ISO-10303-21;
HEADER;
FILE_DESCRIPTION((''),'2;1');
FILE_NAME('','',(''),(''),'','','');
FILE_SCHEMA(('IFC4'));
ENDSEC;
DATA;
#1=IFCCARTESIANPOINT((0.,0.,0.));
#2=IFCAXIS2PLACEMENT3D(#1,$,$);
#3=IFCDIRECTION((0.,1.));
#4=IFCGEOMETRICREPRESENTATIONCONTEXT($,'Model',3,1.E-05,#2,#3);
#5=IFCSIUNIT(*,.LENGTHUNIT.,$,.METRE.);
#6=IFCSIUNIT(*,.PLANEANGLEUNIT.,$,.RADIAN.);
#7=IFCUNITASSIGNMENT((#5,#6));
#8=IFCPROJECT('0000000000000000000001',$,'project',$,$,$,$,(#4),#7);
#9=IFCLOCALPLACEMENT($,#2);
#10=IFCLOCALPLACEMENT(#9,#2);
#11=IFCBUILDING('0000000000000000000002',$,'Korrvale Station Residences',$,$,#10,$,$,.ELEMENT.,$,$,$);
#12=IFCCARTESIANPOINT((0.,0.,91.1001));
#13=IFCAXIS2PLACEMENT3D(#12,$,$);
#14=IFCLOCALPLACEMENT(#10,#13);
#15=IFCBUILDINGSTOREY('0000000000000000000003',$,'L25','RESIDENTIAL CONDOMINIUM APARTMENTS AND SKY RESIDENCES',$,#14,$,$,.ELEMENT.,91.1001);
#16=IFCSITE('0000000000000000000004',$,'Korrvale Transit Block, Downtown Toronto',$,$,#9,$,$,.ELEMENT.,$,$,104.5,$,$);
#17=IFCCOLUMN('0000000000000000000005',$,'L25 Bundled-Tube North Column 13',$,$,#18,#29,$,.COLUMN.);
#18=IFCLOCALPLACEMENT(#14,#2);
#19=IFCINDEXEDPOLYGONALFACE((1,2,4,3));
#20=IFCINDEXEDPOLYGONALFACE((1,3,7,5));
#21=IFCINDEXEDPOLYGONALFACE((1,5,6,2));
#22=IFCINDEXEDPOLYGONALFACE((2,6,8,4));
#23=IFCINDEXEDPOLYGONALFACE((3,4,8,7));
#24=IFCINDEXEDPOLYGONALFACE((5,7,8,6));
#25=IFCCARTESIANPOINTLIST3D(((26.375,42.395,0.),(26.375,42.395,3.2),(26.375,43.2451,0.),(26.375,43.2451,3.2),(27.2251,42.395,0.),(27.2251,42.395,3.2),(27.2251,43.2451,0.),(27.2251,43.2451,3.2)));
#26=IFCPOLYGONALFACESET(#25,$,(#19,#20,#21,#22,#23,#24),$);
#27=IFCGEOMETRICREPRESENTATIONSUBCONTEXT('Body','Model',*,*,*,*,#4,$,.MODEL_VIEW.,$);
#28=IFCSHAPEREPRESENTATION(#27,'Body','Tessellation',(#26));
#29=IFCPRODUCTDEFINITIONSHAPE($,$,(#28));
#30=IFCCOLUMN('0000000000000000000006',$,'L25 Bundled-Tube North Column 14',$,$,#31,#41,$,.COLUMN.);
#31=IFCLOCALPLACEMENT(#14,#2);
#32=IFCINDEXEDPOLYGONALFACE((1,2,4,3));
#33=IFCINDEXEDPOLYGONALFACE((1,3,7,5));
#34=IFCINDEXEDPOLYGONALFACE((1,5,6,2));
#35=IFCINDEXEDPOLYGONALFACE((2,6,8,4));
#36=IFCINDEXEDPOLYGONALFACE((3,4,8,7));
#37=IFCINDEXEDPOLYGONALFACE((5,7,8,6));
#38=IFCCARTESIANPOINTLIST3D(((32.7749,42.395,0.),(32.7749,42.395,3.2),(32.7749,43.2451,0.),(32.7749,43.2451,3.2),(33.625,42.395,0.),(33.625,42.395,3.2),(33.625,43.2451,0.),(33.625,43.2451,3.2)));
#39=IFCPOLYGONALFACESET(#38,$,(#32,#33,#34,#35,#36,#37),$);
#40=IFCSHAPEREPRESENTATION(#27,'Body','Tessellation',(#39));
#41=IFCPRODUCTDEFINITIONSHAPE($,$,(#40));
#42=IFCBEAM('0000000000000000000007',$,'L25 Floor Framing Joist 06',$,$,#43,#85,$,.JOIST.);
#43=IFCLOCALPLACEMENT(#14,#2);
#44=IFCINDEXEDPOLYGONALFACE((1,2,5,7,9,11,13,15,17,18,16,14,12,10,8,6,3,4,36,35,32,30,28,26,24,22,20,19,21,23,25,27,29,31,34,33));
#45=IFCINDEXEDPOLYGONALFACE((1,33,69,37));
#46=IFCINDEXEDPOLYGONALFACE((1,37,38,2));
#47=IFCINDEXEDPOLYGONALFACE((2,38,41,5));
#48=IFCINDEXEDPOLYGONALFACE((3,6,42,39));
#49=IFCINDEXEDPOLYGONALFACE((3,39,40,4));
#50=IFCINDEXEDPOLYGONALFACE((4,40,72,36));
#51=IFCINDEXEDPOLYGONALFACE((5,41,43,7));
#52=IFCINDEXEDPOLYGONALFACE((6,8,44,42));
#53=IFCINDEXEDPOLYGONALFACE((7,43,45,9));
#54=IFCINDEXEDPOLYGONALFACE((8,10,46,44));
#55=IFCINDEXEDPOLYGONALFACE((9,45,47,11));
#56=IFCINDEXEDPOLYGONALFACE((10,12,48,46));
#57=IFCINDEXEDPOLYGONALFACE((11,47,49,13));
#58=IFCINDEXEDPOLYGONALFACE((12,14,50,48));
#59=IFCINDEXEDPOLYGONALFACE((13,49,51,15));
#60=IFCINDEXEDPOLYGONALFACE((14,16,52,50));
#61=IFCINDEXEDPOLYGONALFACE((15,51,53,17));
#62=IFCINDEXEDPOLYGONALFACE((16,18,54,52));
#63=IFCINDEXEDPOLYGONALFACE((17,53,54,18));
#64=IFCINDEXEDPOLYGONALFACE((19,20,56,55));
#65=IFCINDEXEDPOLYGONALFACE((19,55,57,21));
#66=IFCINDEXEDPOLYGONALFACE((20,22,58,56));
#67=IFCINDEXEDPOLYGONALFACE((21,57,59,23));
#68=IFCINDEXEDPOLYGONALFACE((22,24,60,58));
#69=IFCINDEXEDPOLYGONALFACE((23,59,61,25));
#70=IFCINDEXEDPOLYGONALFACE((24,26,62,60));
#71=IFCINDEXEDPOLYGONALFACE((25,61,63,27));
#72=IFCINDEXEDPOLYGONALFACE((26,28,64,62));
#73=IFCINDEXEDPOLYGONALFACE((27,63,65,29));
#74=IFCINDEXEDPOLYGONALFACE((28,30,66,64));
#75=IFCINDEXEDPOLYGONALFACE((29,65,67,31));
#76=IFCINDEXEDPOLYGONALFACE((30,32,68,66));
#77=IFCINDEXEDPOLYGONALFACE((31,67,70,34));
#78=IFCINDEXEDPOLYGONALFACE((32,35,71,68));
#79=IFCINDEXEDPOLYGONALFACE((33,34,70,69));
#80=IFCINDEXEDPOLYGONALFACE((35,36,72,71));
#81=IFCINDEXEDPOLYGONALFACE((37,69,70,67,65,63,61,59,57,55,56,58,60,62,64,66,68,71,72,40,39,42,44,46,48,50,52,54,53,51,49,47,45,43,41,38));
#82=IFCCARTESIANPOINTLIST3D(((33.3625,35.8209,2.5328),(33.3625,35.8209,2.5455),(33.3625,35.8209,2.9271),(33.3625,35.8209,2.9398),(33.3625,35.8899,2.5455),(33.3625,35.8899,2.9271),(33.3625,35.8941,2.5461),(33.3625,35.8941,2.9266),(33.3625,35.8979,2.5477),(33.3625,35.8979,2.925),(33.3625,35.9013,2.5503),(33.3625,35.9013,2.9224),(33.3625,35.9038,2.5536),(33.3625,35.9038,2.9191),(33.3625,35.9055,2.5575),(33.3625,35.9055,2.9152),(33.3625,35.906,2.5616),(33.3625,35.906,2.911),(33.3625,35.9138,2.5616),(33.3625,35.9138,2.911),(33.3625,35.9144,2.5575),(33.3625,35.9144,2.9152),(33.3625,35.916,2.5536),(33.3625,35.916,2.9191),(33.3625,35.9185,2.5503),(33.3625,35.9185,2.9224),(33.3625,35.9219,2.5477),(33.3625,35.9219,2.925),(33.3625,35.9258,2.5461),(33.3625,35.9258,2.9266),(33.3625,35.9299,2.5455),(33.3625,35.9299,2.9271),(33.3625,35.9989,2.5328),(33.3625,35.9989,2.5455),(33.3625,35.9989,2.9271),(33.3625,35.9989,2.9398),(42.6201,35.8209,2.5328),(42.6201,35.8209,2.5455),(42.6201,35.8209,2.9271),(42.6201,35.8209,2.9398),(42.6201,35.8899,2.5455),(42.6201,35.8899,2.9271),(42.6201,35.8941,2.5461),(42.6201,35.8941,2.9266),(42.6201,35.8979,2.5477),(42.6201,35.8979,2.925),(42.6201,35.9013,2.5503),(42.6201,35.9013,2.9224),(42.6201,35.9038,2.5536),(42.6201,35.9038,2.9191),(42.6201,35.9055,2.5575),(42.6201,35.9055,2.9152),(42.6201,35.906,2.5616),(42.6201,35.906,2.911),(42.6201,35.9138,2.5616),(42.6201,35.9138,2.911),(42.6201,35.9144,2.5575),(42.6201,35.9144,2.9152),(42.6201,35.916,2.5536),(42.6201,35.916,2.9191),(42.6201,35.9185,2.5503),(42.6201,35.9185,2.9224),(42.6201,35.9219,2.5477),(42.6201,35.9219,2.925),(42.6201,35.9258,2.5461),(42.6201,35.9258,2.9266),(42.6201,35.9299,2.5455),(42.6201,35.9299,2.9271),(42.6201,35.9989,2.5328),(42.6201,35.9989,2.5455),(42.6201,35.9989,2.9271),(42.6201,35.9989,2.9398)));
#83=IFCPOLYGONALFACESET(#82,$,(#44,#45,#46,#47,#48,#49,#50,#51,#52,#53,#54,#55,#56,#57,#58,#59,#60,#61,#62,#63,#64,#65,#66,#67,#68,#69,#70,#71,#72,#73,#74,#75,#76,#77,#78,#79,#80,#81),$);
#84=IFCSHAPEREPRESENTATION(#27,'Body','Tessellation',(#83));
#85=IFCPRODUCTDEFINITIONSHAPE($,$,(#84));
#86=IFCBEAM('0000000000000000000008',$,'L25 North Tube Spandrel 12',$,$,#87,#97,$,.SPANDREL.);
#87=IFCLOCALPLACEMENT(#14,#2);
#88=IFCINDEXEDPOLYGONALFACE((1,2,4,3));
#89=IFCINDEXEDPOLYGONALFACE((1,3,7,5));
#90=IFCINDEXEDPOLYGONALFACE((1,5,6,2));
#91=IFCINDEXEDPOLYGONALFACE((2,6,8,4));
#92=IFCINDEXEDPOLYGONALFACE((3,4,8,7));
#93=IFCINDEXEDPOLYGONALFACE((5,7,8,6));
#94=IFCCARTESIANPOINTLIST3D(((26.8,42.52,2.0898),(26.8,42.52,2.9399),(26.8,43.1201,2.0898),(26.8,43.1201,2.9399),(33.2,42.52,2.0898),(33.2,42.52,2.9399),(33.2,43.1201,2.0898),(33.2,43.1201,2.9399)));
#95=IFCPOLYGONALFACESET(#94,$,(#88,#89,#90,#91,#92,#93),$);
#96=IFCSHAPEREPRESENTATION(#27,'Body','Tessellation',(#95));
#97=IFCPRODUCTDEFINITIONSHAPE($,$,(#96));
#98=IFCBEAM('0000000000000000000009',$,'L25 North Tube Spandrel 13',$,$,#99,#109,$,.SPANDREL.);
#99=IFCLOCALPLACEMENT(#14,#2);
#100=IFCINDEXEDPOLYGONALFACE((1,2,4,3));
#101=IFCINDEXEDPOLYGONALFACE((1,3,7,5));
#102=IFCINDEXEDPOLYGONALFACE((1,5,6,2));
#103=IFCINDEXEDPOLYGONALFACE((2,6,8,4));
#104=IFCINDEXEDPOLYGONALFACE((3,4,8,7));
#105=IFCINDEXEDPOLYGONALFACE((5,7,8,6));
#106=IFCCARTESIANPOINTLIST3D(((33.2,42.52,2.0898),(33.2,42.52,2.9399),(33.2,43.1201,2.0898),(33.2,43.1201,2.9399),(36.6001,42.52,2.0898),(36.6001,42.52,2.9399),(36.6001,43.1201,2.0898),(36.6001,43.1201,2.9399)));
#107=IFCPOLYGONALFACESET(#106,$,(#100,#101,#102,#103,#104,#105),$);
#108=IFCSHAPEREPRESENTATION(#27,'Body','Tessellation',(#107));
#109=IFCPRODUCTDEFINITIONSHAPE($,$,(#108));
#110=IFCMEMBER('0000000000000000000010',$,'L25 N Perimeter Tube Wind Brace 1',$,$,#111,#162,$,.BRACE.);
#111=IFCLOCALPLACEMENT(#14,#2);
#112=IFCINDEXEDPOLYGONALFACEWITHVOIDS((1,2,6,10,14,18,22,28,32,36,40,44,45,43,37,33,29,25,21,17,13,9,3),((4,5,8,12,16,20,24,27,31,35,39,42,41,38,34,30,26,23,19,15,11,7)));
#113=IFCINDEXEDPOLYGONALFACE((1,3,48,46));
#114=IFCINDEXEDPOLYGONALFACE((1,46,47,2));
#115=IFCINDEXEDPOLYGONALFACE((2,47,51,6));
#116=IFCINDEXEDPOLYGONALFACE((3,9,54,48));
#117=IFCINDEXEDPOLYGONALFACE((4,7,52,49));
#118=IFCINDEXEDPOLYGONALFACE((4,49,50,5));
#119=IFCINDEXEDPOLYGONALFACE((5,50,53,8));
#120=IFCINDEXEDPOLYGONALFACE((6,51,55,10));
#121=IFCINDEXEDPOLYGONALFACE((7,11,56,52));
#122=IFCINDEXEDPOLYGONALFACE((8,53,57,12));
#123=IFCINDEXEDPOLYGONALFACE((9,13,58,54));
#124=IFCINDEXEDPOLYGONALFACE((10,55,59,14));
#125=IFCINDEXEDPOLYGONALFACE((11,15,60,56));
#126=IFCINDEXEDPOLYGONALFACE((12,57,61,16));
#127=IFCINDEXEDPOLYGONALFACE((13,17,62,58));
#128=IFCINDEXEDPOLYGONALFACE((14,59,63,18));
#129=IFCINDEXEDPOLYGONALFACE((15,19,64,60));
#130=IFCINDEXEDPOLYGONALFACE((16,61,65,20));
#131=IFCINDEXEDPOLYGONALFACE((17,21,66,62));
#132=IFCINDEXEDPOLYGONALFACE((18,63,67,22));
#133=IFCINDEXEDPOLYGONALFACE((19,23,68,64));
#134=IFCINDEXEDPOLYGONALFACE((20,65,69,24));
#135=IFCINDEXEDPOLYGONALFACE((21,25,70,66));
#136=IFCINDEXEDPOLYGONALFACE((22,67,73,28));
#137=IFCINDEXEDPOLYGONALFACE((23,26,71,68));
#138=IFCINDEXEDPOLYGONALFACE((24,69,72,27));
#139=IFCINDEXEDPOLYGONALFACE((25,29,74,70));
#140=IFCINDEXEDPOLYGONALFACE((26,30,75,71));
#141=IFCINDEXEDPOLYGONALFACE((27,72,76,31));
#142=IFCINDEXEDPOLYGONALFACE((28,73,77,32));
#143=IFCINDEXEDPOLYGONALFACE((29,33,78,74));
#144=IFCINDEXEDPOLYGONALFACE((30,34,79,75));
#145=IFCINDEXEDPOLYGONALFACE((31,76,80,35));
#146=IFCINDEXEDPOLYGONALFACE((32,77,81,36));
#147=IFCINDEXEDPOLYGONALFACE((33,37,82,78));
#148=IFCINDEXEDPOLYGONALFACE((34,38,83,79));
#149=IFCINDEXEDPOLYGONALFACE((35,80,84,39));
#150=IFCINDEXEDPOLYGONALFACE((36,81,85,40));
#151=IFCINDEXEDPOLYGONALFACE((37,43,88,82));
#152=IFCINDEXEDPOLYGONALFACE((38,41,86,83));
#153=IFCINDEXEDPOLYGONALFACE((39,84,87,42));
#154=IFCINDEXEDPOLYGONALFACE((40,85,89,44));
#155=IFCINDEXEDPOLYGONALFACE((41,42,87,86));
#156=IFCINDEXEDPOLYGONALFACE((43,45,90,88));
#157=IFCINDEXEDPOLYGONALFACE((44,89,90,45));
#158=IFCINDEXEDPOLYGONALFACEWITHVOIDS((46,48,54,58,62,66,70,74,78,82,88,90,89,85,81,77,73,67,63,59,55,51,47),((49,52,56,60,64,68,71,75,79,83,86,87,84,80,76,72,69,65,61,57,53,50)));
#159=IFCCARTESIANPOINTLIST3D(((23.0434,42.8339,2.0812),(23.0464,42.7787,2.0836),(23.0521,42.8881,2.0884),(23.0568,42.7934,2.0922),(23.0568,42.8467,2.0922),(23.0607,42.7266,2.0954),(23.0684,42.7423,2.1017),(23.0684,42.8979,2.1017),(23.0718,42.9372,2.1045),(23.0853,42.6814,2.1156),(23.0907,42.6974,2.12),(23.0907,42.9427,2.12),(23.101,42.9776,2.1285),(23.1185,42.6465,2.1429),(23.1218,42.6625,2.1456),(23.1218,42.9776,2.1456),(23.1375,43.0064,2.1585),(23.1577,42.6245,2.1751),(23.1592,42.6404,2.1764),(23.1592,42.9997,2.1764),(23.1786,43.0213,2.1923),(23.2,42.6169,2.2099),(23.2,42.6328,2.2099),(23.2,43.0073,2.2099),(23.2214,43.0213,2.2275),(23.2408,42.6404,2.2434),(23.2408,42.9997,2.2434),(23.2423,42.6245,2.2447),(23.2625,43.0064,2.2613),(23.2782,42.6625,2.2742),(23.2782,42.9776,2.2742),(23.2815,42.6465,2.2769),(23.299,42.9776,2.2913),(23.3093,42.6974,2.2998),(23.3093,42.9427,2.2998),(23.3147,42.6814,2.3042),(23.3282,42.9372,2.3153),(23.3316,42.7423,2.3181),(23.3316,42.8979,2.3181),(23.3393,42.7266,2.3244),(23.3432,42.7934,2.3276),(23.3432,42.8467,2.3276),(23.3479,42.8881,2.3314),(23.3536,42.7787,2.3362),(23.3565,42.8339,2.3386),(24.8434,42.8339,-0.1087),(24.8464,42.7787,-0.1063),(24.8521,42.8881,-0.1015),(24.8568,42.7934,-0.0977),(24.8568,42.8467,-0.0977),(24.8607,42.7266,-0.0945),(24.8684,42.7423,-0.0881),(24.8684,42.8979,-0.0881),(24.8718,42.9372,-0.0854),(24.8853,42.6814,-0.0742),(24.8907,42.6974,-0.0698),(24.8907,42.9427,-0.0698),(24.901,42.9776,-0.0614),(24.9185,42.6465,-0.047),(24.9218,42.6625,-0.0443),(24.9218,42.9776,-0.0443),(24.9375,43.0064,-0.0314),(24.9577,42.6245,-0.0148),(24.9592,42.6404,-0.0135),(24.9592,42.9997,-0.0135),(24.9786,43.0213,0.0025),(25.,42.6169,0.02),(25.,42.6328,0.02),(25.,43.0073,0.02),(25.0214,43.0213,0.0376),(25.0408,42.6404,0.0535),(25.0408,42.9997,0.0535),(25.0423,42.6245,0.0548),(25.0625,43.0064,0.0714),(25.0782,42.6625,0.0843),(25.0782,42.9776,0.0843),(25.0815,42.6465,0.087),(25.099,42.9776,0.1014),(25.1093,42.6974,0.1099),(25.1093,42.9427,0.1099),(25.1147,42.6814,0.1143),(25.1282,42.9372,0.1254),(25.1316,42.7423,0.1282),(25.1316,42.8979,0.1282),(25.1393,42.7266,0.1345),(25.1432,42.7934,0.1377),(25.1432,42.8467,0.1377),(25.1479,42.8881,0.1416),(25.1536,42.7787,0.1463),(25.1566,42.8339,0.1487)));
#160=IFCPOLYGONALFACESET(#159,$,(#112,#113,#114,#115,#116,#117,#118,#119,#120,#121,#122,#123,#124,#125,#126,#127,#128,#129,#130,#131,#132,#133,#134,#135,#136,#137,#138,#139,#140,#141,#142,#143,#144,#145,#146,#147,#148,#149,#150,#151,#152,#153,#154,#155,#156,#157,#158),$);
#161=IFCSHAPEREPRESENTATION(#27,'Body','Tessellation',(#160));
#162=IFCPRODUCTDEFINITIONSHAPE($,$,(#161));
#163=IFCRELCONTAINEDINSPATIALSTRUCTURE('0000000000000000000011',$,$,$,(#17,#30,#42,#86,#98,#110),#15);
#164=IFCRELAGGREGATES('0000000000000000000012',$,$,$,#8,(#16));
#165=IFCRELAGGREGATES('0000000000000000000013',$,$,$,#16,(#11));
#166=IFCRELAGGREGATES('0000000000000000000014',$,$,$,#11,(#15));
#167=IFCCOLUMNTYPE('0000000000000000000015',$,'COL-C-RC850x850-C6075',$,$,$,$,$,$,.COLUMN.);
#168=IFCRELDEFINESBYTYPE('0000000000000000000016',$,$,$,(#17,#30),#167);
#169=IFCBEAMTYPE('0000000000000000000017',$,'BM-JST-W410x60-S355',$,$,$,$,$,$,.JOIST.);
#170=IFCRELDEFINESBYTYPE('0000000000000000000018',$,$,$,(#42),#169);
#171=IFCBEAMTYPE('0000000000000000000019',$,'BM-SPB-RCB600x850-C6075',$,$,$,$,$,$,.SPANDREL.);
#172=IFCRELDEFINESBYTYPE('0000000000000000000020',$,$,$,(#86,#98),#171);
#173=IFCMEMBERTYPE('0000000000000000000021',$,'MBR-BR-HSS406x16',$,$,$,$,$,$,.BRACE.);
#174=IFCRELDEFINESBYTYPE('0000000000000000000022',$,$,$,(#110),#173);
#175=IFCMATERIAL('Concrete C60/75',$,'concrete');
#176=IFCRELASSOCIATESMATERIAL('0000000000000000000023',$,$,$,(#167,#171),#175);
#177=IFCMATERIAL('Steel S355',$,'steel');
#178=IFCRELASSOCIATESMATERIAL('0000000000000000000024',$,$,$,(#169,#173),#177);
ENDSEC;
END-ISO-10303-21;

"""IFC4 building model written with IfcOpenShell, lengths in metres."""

from ifc_helpers import new_model, si_unit, direction, frame, origin, origin_2d, place, context, subcontext, project, spatial, rectangle, hollow_circle, i_section, extrude, material, material_profile, profile_set, type_object, element, save


model = new_model("IFC4")

# Units and contexts
model_context = context("Model", 3, precision=1e-05, world=origin(), true_north=direction((0.0, 1.0)))
body_context = subcontext(model_context, "Body", "Model", "MODEL_VIEW")
ifc_project = project(units=[si_unit("LENGTHUNIT", "METRE"), si_unit("PLANEANGLEUNIT", "RADIAN")], contexts=[model_context])

# Site, building, storey
site_placement = place(None, origin())
site = spatial("IfcSite", under=ifc_project, at=site_placement, Name="Korrvale Transit Block, Downtown Toronto", CompositionType="ELEMENT", RefElevation=104.5)
building_placement = place(site_placement, origin())
building = spatial("IfcBuilding", under=site, at=building_placement, Name="Korrvale Station Residences", CompositionType="ELEMENT")
storey_placement = place(building_placement, frame((0.0, 0.0, 91.1001)))
storey = spatial("IfcBuildingStorey", under=building, at=storey_placement, Name="L25", Description="RESIDENTIAL CONDOMINIUM APARTMENTS AND SKY RESIDENCES", CompositionType="ELEMENT", Elevation=91.1001)

# Columns
ifc_material_1 = material(Name="Concrete C60/75", Category="concrete")
ifc_material_profile_1 = material_profile(ifc_material_1, rectangle(XDim=0.8501, YDim=0.8501, at=origin_2d()), Name="RC850x850")
ifc_profile_set_1 = profile_set([ifc_material_profile_1], Name="Concrete C60/75")
column_type = type_object("IfcColumnType", Name="COL-C-RC850x850-C6075", PredefinedType="COLUMN", material=ifc_profile_set_1)
for number, where, z_axis, x_axis, name in (
    (1, (26.8, 42.8201, 0.0), (0.0, 0.0, 1.0), (1.0, 0.0, 0.0), "L25 Bundled-Tube North Column 13"),
    (2, (33.2, 42.8201, 0.0), (0.0, 0.0, 1.0), (1.0, 0.0, 0.0), "L25 Bundled-Tube North Column 14"),
):
    element("IfcColumn", number, at=place(storey_placement, frame(where, z_axis=z_axis, x_axis=x_axis)), inside=storey, type_object=column_type, Name=name, PredefinedType="COLUMN", context=body_context, shape_type="SweptSolid", body=[
        extrude(rectangle(XDim=0.8501, YDim=0.8501, at=origin_2d()), origin(), (0.0, 0.0, 1.0), 3.2),
    ])

# Beams
ifc_material_2 = material(Name="Steel S355", Category="steel")
ifc_material_profile_2 = material_profile(ifc_material_2, i_section(OverallWidth=0.178, OverallDepth=0.407, WebThickness=0.0078, FlangeThickness=0.0127, FilletRadius=0.0161, at=origin_2d()), Name="W410x60")
ifc_profile_set_2 = profile_set([ifc_material_profile_2], Name="Steel S355")
beam_type_1 = type_object("IfcBeamType", Name="BM-JST-W410x60-S355", PredefinedType="JOIST", material=ifc_profile_set_2)
beam_1_placement = place(storey_placement, frame((33.3625, 35.9099, 2.7363), z_axis=(1.0, 0.0, 0.0), x_axis=(0.0, 1.0, 0.0)))
element("IfcBeam", 3, at=beam_1_placement, inside=storey, type_object=beam_type_1, Name="L25 Floor Framing Joist 06", PredefinedType="JOIST", context=body_context, shape_type="SweptSolid", body=[
    extrude(i_section(OverallWidth=0.178, OverallDepth=0.407, WebThickness=0.0078, FlangeThickness=0.0127, FilletRadius=0.0161, at=origin_2d()), origin(), (0.0, 0.0, 1.0), 9.2576),
])
ifc_material_profile_3 = material_profile(ifc_material_1, rectangle(XDim=0.6001, YDim=0.8501, at=origin_2d()), Name="RCB600x850")
ifc_profile_set_3 = profile_set([ifc_material_profile_3], Name="Concrete C60/75")
beam_type_2 = type_object("IfcBeamType", Name="BM-SPB-RCB600x850-C6075", PredefinedType="SPANDREL", material=ifc_profile_set_3)
beam_2_placement = place(storey_placement, frame((26.8, 42.8201, 2.5149), z_axis=(1.0, 0.0, 0.0), x_axis=(0.0, 1.0, 0.0)))
element("IfcBeam", 4, at=beam_2_placement, inside=storey, type_object=beam_type_2, Name="L25 North Tube Spandrel 12", PredefinedType="SPANDREL", context=body_context, shape_type="SweptSolid", body=[
    extrude(rectangle(XDim=0.6001, YDim=0.8501, at=origin_2d()), origin(), (0.0, 0.0, 1.0), 6.3999),
])
beam_3_placement = place(storey_placement, frame((33.2, 42.8201, 2.5149), z_axis=(1.0, 0.0, 0.0), x_axis=(0.0, 1.0, 0.0)))
element("IfcBeam", 5, at=beam_3_placement, inside=storey, type_object=beam_type_2, Name="L25 North Tube Spandrel 13", PredefinedType="SPANDREL", context=body_context, shape_type="SweptSolid", body=[
    extrude(rectangle(XDim=0.6001, YDim=0.8501, at=origin_2d()), origin(), (0.0, 0.0, 1.0), 3.4001),
])

# Member
ifc_material_profile_4 = material_profile(ifc_material_2, hollow_circle(Radius=0.2031, WallThickness=0.0159, at=origin_2d()), Name="HSS406x16")
ifc_profile_set_4 = profile_set([ifc_material_profile_4], Name="Steel S355")
member_type = type_object("IfcMemberType", Name="MBR-BR-HSS406x16", PredefinedType="BRACE", material=ifc_profile_set_4)
for number, where, z_axis, x_axis, name in (
    (6, (25.0, 42.8201, 0.02), (-0.634985, 0.0, 0.772524), (0.0, -1.0, 0.0), "L25 N Perimeter Tube Wind Brace 1"),
):
    element("IfcMember", number, at=place(storey_placement, frame(where, z_axis=z_axis, x_axis=x_axis)), inside=storey, type_object=member_type, Name=name, PredefinedType="BRACE", context=body_context, shape_type="SweptSolid", body=[
        extrude(hollow_circle(Radius=0.2031, WallThickness=0.0159, at=origin_2d()), origin(), (0.0, 0.0, 1.0), 2.8347),
    ])

save(model, "model.ifc")
